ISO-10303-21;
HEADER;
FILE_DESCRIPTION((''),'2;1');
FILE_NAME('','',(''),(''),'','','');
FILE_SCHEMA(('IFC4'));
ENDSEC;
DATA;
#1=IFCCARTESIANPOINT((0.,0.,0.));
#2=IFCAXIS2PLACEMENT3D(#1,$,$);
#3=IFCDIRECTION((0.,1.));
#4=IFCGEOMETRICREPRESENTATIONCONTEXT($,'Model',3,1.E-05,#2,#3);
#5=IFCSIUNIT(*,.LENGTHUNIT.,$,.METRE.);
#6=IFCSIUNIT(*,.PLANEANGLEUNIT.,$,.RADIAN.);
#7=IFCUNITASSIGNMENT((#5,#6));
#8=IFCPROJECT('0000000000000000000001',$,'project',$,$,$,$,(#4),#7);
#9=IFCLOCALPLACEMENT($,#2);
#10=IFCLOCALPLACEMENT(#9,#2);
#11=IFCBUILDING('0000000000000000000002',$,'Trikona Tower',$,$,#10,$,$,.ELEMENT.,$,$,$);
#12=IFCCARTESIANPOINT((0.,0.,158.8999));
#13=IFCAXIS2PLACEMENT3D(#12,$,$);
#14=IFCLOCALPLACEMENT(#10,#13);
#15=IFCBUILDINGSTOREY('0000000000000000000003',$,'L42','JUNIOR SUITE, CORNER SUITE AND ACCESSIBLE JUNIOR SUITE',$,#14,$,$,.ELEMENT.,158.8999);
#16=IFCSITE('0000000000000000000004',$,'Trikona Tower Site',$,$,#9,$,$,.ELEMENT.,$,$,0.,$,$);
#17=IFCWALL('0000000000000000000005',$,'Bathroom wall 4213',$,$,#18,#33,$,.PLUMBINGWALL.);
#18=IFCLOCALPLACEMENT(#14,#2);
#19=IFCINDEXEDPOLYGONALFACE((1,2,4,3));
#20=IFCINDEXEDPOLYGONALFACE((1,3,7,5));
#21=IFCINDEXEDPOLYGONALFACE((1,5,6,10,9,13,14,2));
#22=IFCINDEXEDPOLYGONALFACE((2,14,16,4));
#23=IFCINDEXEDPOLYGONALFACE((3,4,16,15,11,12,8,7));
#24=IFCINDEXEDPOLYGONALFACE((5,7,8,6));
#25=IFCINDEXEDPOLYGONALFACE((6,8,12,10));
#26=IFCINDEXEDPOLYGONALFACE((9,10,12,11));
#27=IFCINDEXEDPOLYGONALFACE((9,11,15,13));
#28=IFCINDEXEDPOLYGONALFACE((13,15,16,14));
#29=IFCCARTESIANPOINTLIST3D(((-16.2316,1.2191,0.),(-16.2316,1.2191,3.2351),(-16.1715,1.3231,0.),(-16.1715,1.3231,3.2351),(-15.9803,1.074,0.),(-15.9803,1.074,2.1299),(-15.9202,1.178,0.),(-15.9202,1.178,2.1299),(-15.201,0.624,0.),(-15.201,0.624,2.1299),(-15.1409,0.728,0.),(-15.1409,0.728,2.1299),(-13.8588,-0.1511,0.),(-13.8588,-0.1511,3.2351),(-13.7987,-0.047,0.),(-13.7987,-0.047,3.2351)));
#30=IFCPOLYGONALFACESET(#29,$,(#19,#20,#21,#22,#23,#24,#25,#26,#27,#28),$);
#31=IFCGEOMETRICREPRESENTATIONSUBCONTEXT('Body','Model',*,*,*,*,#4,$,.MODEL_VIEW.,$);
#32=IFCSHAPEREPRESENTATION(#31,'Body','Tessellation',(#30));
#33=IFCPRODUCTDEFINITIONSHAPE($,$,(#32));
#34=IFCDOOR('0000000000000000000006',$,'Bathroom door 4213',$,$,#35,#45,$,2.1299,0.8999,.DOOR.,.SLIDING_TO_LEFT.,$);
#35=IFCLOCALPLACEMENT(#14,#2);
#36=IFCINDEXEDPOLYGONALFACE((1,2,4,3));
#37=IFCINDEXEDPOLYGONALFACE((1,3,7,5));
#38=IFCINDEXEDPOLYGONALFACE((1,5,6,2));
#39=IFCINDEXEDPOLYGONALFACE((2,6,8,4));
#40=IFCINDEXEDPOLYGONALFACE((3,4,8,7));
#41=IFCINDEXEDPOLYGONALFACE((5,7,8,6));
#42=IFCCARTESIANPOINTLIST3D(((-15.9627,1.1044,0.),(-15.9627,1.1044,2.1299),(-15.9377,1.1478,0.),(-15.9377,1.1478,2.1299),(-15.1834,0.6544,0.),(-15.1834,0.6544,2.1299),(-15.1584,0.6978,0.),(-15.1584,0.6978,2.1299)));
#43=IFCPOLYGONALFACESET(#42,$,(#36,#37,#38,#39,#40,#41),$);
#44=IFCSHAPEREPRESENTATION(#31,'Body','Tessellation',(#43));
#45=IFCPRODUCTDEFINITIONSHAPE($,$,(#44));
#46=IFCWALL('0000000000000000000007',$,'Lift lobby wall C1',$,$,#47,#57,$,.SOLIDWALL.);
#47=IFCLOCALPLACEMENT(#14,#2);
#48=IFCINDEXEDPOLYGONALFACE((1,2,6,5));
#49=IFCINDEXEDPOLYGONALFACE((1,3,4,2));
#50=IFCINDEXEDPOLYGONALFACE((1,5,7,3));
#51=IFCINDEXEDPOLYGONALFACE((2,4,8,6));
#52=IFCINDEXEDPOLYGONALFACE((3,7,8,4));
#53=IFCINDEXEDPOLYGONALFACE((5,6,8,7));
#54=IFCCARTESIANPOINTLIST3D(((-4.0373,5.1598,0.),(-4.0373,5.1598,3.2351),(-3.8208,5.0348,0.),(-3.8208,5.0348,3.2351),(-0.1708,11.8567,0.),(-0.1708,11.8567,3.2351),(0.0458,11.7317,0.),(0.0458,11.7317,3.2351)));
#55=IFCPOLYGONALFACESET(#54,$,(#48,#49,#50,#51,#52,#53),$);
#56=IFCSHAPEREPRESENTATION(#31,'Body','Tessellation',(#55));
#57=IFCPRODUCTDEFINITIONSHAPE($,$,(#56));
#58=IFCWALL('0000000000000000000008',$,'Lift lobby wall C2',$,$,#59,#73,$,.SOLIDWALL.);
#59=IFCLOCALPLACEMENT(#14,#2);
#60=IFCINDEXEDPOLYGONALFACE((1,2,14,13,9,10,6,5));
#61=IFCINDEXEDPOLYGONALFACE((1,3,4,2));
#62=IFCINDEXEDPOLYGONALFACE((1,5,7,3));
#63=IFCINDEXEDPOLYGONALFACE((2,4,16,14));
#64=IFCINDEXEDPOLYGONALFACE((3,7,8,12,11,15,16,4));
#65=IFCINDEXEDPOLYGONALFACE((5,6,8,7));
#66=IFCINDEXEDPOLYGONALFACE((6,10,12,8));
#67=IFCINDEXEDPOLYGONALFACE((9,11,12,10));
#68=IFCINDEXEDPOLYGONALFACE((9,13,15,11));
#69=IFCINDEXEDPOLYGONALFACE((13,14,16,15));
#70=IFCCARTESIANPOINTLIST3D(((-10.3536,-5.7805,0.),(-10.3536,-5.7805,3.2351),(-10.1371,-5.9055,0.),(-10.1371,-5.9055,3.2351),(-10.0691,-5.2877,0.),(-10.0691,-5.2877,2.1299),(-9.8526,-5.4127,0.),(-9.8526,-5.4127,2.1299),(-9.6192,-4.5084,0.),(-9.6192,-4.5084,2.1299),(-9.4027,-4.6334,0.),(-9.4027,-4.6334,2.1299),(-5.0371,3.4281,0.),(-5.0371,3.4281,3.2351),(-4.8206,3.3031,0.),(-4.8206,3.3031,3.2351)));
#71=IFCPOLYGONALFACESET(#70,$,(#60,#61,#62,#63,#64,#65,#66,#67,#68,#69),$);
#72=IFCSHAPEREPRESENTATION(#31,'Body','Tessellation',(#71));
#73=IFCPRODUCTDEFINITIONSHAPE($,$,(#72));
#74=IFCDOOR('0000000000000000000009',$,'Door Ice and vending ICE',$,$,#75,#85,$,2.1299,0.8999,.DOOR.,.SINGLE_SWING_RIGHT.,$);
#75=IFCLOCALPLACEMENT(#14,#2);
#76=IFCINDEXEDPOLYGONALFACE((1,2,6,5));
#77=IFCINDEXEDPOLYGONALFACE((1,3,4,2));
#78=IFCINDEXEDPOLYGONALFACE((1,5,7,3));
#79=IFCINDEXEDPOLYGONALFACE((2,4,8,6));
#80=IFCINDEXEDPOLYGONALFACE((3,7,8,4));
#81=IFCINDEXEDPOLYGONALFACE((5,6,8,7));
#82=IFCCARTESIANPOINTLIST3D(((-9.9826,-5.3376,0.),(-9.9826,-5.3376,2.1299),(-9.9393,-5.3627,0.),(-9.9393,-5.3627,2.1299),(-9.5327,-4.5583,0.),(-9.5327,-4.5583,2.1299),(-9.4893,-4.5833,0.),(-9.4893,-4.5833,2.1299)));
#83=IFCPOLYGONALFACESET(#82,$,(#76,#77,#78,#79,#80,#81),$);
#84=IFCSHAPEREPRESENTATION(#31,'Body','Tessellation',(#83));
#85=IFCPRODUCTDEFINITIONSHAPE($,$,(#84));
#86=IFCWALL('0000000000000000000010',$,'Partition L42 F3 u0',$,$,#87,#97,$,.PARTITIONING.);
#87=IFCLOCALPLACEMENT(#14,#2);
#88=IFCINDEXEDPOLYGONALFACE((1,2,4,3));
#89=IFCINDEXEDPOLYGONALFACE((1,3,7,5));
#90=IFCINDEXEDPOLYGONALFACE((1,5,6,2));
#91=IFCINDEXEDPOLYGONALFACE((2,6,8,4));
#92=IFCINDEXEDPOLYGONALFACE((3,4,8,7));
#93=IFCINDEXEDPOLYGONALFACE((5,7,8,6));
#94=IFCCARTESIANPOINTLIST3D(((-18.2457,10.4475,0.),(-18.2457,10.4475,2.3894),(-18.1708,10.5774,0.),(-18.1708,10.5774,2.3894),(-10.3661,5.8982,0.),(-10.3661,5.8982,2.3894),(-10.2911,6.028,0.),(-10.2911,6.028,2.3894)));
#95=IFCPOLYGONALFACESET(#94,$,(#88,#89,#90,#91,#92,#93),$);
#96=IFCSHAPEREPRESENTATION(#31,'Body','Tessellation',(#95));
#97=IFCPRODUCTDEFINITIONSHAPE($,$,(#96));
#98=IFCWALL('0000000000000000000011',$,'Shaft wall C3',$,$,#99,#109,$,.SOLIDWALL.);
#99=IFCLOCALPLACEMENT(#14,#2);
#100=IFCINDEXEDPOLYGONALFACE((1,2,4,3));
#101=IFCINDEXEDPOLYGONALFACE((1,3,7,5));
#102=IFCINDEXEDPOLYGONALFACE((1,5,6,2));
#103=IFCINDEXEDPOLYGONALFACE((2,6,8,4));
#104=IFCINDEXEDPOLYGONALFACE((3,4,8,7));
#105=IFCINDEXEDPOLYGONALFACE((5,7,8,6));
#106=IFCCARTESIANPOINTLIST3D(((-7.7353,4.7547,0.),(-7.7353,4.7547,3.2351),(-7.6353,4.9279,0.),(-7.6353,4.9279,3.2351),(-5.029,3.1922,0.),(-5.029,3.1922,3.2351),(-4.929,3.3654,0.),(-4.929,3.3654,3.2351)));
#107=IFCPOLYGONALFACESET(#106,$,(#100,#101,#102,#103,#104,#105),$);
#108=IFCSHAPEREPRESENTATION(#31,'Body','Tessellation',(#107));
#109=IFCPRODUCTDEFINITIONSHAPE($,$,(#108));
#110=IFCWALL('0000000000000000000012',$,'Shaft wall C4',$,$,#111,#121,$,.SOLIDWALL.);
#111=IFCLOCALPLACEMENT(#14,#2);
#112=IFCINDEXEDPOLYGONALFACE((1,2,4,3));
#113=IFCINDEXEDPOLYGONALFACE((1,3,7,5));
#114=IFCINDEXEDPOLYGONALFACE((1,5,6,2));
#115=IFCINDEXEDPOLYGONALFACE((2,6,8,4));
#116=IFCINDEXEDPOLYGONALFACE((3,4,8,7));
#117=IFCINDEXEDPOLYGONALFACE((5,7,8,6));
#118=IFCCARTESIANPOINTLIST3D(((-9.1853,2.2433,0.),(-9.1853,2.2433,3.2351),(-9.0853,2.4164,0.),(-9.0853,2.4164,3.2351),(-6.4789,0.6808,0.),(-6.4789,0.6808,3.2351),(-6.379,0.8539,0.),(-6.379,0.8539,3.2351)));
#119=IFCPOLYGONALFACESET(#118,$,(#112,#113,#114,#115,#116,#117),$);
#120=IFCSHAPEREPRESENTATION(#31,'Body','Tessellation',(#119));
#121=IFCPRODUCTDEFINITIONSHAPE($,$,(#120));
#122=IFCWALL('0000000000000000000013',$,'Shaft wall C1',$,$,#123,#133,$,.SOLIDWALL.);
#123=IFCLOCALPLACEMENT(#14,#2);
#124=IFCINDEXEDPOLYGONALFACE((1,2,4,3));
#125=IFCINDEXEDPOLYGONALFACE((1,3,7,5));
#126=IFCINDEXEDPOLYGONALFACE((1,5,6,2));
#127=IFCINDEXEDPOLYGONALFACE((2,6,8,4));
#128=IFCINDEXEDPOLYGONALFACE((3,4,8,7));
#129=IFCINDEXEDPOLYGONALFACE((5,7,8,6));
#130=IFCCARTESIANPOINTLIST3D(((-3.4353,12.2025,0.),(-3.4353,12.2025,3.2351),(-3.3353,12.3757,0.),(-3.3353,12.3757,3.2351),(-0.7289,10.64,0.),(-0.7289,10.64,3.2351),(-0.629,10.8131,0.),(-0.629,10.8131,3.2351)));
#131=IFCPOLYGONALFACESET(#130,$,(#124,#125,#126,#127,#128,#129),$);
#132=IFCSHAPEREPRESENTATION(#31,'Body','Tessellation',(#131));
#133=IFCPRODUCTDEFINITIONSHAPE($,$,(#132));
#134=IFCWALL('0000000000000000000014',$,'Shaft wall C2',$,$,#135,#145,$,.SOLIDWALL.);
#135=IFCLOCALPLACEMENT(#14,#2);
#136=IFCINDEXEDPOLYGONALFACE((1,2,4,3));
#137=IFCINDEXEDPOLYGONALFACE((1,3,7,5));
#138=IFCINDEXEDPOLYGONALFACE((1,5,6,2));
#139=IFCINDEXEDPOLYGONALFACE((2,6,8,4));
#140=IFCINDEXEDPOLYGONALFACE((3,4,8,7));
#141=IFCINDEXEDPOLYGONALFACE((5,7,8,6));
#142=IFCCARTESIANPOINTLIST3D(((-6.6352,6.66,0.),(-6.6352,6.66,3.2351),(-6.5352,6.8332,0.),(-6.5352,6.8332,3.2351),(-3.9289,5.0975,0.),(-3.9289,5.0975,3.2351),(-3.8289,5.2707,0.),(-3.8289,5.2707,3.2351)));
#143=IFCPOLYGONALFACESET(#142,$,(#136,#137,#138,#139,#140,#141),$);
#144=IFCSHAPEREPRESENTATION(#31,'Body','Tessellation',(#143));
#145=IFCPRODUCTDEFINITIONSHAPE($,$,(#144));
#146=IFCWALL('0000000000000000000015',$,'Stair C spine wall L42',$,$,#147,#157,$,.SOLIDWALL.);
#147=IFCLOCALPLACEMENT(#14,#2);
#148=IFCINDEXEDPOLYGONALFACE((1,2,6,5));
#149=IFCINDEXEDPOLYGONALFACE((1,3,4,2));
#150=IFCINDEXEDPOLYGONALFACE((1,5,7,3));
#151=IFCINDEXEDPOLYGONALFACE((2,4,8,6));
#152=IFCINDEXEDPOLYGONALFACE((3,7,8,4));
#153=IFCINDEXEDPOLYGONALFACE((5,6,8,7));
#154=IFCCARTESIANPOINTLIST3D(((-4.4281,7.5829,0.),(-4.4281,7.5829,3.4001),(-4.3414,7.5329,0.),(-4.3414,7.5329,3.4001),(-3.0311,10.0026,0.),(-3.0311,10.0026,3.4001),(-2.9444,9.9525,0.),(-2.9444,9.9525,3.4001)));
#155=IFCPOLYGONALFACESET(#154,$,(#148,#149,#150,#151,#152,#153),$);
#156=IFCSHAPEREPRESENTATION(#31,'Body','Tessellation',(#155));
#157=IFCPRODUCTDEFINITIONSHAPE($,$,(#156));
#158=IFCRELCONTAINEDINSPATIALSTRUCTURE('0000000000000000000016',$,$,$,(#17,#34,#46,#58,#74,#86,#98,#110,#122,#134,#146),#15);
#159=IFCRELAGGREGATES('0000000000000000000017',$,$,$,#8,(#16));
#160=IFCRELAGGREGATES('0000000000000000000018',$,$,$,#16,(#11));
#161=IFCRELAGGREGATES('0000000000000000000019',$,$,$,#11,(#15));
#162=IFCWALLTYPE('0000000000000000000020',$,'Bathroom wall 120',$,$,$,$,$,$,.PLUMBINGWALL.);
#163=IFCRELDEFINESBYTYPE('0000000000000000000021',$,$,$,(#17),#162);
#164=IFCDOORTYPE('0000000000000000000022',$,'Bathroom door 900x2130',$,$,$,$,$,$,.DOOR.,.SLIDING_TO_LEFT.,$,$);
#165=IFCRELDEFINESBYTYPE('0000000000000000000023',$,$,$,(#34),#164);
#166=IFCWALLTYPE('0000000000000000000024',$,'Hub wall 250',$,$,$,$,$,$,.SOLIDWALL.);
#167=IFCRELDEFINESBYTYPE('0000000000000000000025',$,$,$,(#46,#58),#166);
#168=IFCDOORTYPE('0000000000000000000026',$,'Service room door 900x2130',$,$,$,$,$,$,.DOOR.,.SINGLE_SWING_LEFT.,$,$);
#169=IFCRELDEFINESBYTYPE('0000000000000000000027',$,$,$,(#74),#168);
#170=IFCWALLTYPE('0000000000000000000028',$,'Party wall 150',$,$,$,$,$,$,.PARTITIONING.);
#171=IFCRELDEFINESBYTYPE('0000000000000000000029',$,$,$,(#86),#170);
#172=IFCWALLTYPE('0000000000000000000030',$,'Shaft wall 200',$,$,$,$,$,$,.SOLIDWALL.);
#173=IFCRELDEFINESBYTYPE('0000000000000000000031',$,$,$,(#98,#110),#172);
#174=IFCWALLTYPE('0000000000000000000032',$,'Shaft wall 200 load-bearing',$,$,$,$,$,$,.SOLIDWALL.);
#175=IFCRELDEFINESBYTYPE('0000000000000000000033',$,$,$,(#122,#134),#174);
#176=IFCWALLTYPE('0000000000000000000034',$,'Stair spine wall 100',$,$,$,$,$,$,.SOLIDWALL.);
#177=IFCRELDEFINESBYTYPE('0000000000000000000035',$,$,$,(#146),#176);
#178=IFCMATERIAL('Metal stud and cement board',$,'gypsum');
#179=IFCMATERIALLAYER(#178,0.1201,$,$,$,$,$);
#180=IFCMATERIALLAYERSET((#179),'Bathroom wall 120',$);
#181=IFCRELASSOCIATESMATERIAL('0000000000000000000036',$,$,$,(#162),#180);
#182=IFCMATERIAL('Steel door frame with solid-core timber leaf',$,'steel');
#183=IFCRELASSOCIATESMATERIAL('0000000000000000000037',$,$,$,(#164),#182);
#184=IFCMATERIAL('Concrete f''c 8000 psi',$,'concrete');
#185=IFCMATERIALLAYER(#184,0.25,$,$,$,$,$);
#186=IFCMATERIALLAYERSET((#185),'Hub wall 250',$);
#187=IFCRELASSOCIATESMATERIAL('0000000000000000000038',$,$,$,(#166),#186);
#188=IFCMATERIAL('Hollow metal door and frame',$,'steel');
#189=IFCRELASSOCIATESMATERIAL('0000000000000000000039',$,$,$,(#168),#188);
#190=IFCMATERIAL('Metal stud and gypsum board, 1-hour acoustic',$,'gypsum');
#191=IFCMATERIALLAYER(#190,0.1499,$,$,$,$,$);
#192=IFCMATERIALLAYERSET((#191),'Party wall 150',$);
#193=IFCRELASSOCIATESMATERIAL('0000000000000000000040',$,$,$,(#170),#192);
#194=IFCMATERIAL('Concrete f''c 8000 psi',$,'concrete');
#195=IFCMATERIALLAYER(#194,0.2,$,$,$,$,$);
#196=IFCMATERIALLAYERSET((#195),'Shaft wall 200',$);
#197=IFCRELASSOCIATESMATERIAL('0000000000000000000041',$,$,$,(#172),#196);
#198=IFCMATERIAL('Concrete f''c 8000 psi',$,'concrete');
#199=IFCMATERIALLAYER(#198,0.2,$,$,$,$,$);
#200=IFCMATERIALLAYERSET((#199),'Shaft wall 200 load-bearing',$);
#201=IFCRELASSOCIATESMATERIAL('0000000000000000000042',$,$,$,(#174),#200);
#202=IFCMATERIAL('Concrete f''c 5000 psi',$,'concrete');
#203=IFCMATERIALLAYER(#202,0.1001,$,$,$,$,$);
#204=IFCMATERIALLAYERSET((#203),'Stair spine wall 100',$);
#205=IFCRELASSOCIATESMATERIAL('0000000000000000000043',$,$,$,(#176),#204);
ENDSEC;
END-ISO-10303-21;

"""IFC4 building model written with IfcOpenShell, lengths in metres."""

from ifc_helpers import new_model, si_unit, direction, frame, frame_2d, origin, place, context, subcontext, project, spatial, rectangle, extrude, material, layer, layer_set, type_object, element, fill, save


model = new_model("IFC4")

# Units and contexts
model_context = context("Model", 3, precision=1e-05, world=origin(), true_north=direction((0.0, 1.0)))
body_context = subcontext(model_context, "Body", "Model", "MODEL_VIEW")
ifc_project = project(units=[si_unit("LENGTHUNIT", "METRE"), si_unit("PLANEANGLEUNIT", "RADIAN")], contexts=[model_context])

# Site, building, storey
site_placement = place(None, origin())
site = spatial("IfcSite", under=ifc_project, at=site_placement, Name="Trikona Tower Site", CompositionType="ELEMENT", RefElevation=0.0)
building_placement = place(site_placement, origin())
building = spatial("IfcBuilding", under=site, at=building_placement, Name="Trikona Tower", CompositionType="ELEMENT")
storey_placement = place(building_placement, frame((0.0, 0.0, 158.8999)))
storey = spatial("IfcBuildingStorey", under=building, at=storey_placement, Name="L42", Description="JUNIOR SUITE, CORNER SUITE AND ACCESSIBLE JUNIOR SUITE", CompositionType="ELEMENT", Elevation=158.8999)

# Shared definitions
ifc_material_1 = material(Name="Metal stud and cement board", Category="gypsum")
ifc_layer_1 = layer(ifc_material_1, 0.1201)
ifc_layer_set_1 = layer_set([ifc_layer_1], Name="Bathroom wall 120")
wall_type_1 = type_object("IfcWallType", Name="Bathroom wall 120", PredefinedType="PLUMBINGWALL", material=ifc_layer_set_1)
ifc_material_2 = material(Name="Steel door frame with solid-core timber leaf", Category="steel")
door_type_1 = type_object("IfcDoorType", Name="Bathroom door 900x2130", OperationType="SLIDING_TO_LEFT", PredefinedType="DOOR", material=ifc_material_2)

# Wall, opening, door
wall_1_placement = place(storey_placement, frame((-13.8286, -0.0991, 0.0), z_axis=(0.0, 0.0, 1.0), x_axis=(-0.865997, 0.500049, 0.0)))
wall_1 = element("IfcWall", 1, at=wall_1_placement, inside=storey, type_object=wall_type_1, Name="Bathroom wall 4213", PredefinedType="PLUMBINGWALL", context=body_context, shape_type="SweptSolid", body=[
    extrude(rectangle(XDim=2.74, YDim=0.1201, at=frame_2d((1.3701, 0.0))), origin(), (0.0, 0.0, 1.0), 3.2351),
])
opening_1_placement = place(wall_1_placement, frame((1.55, 0.0, 0.0)))
opening_1 = element("IfcOpeningElement", 2, at=opening_1_placement, cuts=wall_1, PredefinedType="OPENING", context=body_context, shape_type="SweptSolid", body=[
    extrude(rectangle(XDim=0.8999, YDim=2.1299, at=frame_2d((0.45, 1.0649))), frame((0.0, 0.0701, 0.0), z_axis=(0.0, -1.0, 0.0), x_axis=(1.0, 0.0, 0.0)), (0.0, 0.0, 1.0), 0.1401),
])
door_1_placement = place(opening_1_placement, origin())
door_1 = element("IfcDoor", 3, at=door_1_placement, inside=storey, type_object=door_type_1, Name="Bathroom door 4213", OperationType="SLIDING_TO_LEFT", OverallHeight=2.1299, OverallWidth=0.8999, PredefinedType="DOOR", context=body_context, shape_type="SweptSolid", body=[
    extrude(rectangle(XDim=0.8999, YDim=2.1299, at=frame_2d((0.45, 1.0649))), frame((0.0, 0.0249, 0.0), z_axis=(0.0, -1.0, 0.0), x_axis=(1.0, 0.0, 0.0)), (0.0, 0.0, 1.0), 0.05),
])
fill(opening_1, door_1)

# Wall
ifc_material_3 = material(Name="Concrete f'c 8000 psi", Category="concrete")
ifc_layer_2 = layer(ifc_material_3, 0.25)
ifc_layer_set_2 = layer_set([ifc_layer_2], Name="Hub wall 250")
wall_type_2 = type_object("IfcWallType", Name="Hub wall 250", PredefinedType="SOLIDWALL", material=ifc_layer_set_2)
wall_2_placement = place(storey_placement, frame((-0.0625, 11.7942, 0.0), z_axis=(0.0, 0.0, 1.0), x_axis=(-0.500007, -0.866022, 0.0)))
element("IfcWall", 4, at=wall_2_placement, inside=storey, type_object=wall_type_2, Name="Lift lobby wall C1", PredefinedType="SOLIDWALL", context=body_context, shape_type="SweptSolid", body=[
    extrude(rectangle(XDim=7.7329, YDim=0.25, at=frame_2d((3.8665, 0.0))), origin(), (0.0, 0.0, 1.0), 3.2351),
])

# Wall, opening, door
wall_3_placement = place(storey_placement, frame((-4.929, 3.3655, 0.0), z_axis=(0.0, 0.0, 1.0), x_axis=(-0.499991, -0.86603, 0.0)))
wall_3 = element("IfcWall", 5, at=wall_3_placement, inside=storey, type_object=wall_type_2, Name="Lift lobby wall C2", PredefinedType="SOLIDWALL", context=body_context, shape_type="SweptSolid", body=[
    extrude(rectangle(XDim=10.6331, YDim=0.25, at=frame_2d((5.3164, 0.0))), origin(), (0.0, 0.0, 1.0), 3.2351),
])
opening_2_placement = place(wall_3_placement, frame((9.1641, 0.0, 0.0)))
opening_2 = element("IfcOpeningElement", 6, at=opening_2_placement, cuts=wall_3, PredefinedType="OPENING", context=body_context, shape_type="SweptSolid", body=[
    extrude(rectangle(XDim=0.8999, YDim=2.1299, at=frame_2d((0.45, 1.0649))), frame((0.0, 0.135, 0.0), z_axis=(0.0, -1.0, 0.0), x_axis=(1.0, 0.0, 0.0)), (0.0, 0.0, 1.0), 0.27),
])
ifc_material_4 = material(Name="Hollow metal door and frame", Category="steel")
door_type_2 = type_object("IfcDoorType", Name="Service room door 900x2130", OperationType="SINGLE_SWING_LEFT", PredefinedType="DOOR", material=ifc_material_4)
door_2_placement = place(opening_2_placement, origin())
door_2 = element("IfcDoor", 7, at=door_2_placement, inside=storey, type_object=door_type_2, Name="Door Ice and vending ICE", OperationType="SINGLE_SWING_RIGHT", OverallHeight=2.1299, OverallWidth=0.8999, PredefinedType="DOOR", context=body_context, shape_type="SweptSolid", body=[
    extrude(rectangle(XDim=0.8999, YDim=2.1299, at=frame_2d((0.45, 1.0649))), frame((0.0, 0.0249, 0.0), z_axis=(0.0, -1.0, 0.0), x_axis=(1.0, 0.0, 0.0)), (0.0, 0.0, 1.0), 0.05),
])
fill(opening_2, door_2)

# Walls
ifc_material_5 = material(Name="Metal stud and gypsum board, 1-hour acoustic", Category="gypsum")
ifc_layer_3 = layer(ifc_material_5, 0.1499)
ifc_layer_set_3 = layer_set([ifc_layer_3], Name="Party wall 150")
wall_type_3 = type_object("IfcWallType", Name="Party wall 150", PredefinedType="PARTITIONING", material=ifc_layer_set_3)
wall_4_placement = place(storey_placement, frame((-10.3286, 5.9631, 0.0), z_axis=(0.0, 0.0, 1.0), x_axis=(-0.866025, 0.5, 0.0)))
element("IfcWall", 8, at=wall_4_placement, inside=storey, type_object=wall_type_3, Name="Partition L42 F3 u0", PredefinedType="PARTITIONING", context=body_context, shape_type="SweptSolid", body=[
    extrude(rectangle(XDim=9.0986, YDim=0.1499, at=frame_2d((4.5493, 0.0))), origin(), (0.0, 0.0, 1.0), 2.3894),
])
ifc_material_6 = material(Name="Concrete f'c 8000 psi", Category="concrete")
ifc_layer_4 = layer(ifc_material_6, 0.2)
ifc_layer_set_4 = layer_set([ifc_layer_4], Name="Shaft wall 200")
wall_type_4 = type_object("IfcWallType", Name="Shaft wall 200", PredefinedType="SOLIDWALL", material=ifc_layer_set_4)
for number, where, z_axis, x_axis, name in (
    (9, (-4.979, 3.2788, 0.0), (0.0, 0.0, 1.0), (-0.866023, 0.500004, 0.0), "Shaft wall C3"),
    (10, (-6.429, 0.7673, 0.0), (0.0, 0.0, 1.0), (-0.866023, 0.500004, 0.0), "Shaft wall C4"),
):
    element("IfcWall", number, at=place(storey_placement, frame(where, z_axis=z_axis, x_axis=x_axis)), inside=storey, type_object=wall_type_4, Name=name, PredefinedType="SOLIDWALL", context=body_context, shape_type="SweptSolid", body=[
        extrude(rectangle(XDim=3.125, YDim=0.2, at=frame_2d((1.5625, 0.0))), origin(), (0.0, 0.0, 1.0), 3.2351),
    ])
ifc_material_7 = material(Name="Concrete f'c 8000 psi", Category="concrete")
ifc_layer_5 = layer(ifc_material_7, 0.2)
ifc_layer_set_5 = layer_set([ifc_layer_5], Name="Shaft wall 200 load-bearing")
wall_type_5 = type_object("IfcWallType", Name="Shaft wall 200 load-bearing", PredefinedType="SOLIDWALL", material=ifc_layer_set_5)
for number, where, z_axis, x_axis, name in (
    (11, (-0.679, 10.7266, 0.0), (0.0, 0.0, 1.0), (-0.866023, 0.500004, 0.0), "Shaft wall C1"),
    (12, (-3.8789, 5.1841, 0.0), (0.0, 0.0, 1.0), (-0.866023, 0.500004, 0.0), "Shaft wall C2"),
):
    element("IfcWall", number, at=place(storey_placement, frame(where, z_axis=z_axis, x_axis=x_axis)), inside=storey, type_object=wall_type_5, Name=name, PredefinedType="SOLIDWALL", context=body_context, shape_type="SweptSolid", body=[
        extrude(rectangle(XDim=3.125, YDim=0.2, at=frame_2d((1.5625, 0.0))), origin(), (0.0, 0.0, 1.0), 3.2351),
    ])
ifc_material_8 = material(Name="Concrete f'c 5000 psi", Category="concrete")
ifc_layer_6 = layer(ifc_material_8, 0.1001)
ifc_layer_set_6 = layer_set([ifc_layer_6], Name="Stair spine wall 100")
wall_type_6 = type_object("IfcWallType", Name="Stair spine wall 100", PredefinedType="SOLIDWALL", material=ifc_layer_set_6)
wall_5_placement = place(storey_placement, frame((-2.9878, 9.9775, 0.0), z_axis=(0.0, 0.0, 1.0), x_axis=(-0.499992, -0.86603, 0.0)))
element("IfcWall", 13, at=wall_5_placement, inside=storey, type_object=wall_type_6, Name="Stair C spine wall L42", PredefinedType="SOLIDWALL", context=body_context, shape_type="SweptSolid", body=[
    extrude(rectangle(XDim=2.7939, YDim=0.1001, at=frame_2d((1.397, 0.0))), origin(), (0.0, 0.0, 1.0), 3.4001),
])

save(model, "model.ifc")
